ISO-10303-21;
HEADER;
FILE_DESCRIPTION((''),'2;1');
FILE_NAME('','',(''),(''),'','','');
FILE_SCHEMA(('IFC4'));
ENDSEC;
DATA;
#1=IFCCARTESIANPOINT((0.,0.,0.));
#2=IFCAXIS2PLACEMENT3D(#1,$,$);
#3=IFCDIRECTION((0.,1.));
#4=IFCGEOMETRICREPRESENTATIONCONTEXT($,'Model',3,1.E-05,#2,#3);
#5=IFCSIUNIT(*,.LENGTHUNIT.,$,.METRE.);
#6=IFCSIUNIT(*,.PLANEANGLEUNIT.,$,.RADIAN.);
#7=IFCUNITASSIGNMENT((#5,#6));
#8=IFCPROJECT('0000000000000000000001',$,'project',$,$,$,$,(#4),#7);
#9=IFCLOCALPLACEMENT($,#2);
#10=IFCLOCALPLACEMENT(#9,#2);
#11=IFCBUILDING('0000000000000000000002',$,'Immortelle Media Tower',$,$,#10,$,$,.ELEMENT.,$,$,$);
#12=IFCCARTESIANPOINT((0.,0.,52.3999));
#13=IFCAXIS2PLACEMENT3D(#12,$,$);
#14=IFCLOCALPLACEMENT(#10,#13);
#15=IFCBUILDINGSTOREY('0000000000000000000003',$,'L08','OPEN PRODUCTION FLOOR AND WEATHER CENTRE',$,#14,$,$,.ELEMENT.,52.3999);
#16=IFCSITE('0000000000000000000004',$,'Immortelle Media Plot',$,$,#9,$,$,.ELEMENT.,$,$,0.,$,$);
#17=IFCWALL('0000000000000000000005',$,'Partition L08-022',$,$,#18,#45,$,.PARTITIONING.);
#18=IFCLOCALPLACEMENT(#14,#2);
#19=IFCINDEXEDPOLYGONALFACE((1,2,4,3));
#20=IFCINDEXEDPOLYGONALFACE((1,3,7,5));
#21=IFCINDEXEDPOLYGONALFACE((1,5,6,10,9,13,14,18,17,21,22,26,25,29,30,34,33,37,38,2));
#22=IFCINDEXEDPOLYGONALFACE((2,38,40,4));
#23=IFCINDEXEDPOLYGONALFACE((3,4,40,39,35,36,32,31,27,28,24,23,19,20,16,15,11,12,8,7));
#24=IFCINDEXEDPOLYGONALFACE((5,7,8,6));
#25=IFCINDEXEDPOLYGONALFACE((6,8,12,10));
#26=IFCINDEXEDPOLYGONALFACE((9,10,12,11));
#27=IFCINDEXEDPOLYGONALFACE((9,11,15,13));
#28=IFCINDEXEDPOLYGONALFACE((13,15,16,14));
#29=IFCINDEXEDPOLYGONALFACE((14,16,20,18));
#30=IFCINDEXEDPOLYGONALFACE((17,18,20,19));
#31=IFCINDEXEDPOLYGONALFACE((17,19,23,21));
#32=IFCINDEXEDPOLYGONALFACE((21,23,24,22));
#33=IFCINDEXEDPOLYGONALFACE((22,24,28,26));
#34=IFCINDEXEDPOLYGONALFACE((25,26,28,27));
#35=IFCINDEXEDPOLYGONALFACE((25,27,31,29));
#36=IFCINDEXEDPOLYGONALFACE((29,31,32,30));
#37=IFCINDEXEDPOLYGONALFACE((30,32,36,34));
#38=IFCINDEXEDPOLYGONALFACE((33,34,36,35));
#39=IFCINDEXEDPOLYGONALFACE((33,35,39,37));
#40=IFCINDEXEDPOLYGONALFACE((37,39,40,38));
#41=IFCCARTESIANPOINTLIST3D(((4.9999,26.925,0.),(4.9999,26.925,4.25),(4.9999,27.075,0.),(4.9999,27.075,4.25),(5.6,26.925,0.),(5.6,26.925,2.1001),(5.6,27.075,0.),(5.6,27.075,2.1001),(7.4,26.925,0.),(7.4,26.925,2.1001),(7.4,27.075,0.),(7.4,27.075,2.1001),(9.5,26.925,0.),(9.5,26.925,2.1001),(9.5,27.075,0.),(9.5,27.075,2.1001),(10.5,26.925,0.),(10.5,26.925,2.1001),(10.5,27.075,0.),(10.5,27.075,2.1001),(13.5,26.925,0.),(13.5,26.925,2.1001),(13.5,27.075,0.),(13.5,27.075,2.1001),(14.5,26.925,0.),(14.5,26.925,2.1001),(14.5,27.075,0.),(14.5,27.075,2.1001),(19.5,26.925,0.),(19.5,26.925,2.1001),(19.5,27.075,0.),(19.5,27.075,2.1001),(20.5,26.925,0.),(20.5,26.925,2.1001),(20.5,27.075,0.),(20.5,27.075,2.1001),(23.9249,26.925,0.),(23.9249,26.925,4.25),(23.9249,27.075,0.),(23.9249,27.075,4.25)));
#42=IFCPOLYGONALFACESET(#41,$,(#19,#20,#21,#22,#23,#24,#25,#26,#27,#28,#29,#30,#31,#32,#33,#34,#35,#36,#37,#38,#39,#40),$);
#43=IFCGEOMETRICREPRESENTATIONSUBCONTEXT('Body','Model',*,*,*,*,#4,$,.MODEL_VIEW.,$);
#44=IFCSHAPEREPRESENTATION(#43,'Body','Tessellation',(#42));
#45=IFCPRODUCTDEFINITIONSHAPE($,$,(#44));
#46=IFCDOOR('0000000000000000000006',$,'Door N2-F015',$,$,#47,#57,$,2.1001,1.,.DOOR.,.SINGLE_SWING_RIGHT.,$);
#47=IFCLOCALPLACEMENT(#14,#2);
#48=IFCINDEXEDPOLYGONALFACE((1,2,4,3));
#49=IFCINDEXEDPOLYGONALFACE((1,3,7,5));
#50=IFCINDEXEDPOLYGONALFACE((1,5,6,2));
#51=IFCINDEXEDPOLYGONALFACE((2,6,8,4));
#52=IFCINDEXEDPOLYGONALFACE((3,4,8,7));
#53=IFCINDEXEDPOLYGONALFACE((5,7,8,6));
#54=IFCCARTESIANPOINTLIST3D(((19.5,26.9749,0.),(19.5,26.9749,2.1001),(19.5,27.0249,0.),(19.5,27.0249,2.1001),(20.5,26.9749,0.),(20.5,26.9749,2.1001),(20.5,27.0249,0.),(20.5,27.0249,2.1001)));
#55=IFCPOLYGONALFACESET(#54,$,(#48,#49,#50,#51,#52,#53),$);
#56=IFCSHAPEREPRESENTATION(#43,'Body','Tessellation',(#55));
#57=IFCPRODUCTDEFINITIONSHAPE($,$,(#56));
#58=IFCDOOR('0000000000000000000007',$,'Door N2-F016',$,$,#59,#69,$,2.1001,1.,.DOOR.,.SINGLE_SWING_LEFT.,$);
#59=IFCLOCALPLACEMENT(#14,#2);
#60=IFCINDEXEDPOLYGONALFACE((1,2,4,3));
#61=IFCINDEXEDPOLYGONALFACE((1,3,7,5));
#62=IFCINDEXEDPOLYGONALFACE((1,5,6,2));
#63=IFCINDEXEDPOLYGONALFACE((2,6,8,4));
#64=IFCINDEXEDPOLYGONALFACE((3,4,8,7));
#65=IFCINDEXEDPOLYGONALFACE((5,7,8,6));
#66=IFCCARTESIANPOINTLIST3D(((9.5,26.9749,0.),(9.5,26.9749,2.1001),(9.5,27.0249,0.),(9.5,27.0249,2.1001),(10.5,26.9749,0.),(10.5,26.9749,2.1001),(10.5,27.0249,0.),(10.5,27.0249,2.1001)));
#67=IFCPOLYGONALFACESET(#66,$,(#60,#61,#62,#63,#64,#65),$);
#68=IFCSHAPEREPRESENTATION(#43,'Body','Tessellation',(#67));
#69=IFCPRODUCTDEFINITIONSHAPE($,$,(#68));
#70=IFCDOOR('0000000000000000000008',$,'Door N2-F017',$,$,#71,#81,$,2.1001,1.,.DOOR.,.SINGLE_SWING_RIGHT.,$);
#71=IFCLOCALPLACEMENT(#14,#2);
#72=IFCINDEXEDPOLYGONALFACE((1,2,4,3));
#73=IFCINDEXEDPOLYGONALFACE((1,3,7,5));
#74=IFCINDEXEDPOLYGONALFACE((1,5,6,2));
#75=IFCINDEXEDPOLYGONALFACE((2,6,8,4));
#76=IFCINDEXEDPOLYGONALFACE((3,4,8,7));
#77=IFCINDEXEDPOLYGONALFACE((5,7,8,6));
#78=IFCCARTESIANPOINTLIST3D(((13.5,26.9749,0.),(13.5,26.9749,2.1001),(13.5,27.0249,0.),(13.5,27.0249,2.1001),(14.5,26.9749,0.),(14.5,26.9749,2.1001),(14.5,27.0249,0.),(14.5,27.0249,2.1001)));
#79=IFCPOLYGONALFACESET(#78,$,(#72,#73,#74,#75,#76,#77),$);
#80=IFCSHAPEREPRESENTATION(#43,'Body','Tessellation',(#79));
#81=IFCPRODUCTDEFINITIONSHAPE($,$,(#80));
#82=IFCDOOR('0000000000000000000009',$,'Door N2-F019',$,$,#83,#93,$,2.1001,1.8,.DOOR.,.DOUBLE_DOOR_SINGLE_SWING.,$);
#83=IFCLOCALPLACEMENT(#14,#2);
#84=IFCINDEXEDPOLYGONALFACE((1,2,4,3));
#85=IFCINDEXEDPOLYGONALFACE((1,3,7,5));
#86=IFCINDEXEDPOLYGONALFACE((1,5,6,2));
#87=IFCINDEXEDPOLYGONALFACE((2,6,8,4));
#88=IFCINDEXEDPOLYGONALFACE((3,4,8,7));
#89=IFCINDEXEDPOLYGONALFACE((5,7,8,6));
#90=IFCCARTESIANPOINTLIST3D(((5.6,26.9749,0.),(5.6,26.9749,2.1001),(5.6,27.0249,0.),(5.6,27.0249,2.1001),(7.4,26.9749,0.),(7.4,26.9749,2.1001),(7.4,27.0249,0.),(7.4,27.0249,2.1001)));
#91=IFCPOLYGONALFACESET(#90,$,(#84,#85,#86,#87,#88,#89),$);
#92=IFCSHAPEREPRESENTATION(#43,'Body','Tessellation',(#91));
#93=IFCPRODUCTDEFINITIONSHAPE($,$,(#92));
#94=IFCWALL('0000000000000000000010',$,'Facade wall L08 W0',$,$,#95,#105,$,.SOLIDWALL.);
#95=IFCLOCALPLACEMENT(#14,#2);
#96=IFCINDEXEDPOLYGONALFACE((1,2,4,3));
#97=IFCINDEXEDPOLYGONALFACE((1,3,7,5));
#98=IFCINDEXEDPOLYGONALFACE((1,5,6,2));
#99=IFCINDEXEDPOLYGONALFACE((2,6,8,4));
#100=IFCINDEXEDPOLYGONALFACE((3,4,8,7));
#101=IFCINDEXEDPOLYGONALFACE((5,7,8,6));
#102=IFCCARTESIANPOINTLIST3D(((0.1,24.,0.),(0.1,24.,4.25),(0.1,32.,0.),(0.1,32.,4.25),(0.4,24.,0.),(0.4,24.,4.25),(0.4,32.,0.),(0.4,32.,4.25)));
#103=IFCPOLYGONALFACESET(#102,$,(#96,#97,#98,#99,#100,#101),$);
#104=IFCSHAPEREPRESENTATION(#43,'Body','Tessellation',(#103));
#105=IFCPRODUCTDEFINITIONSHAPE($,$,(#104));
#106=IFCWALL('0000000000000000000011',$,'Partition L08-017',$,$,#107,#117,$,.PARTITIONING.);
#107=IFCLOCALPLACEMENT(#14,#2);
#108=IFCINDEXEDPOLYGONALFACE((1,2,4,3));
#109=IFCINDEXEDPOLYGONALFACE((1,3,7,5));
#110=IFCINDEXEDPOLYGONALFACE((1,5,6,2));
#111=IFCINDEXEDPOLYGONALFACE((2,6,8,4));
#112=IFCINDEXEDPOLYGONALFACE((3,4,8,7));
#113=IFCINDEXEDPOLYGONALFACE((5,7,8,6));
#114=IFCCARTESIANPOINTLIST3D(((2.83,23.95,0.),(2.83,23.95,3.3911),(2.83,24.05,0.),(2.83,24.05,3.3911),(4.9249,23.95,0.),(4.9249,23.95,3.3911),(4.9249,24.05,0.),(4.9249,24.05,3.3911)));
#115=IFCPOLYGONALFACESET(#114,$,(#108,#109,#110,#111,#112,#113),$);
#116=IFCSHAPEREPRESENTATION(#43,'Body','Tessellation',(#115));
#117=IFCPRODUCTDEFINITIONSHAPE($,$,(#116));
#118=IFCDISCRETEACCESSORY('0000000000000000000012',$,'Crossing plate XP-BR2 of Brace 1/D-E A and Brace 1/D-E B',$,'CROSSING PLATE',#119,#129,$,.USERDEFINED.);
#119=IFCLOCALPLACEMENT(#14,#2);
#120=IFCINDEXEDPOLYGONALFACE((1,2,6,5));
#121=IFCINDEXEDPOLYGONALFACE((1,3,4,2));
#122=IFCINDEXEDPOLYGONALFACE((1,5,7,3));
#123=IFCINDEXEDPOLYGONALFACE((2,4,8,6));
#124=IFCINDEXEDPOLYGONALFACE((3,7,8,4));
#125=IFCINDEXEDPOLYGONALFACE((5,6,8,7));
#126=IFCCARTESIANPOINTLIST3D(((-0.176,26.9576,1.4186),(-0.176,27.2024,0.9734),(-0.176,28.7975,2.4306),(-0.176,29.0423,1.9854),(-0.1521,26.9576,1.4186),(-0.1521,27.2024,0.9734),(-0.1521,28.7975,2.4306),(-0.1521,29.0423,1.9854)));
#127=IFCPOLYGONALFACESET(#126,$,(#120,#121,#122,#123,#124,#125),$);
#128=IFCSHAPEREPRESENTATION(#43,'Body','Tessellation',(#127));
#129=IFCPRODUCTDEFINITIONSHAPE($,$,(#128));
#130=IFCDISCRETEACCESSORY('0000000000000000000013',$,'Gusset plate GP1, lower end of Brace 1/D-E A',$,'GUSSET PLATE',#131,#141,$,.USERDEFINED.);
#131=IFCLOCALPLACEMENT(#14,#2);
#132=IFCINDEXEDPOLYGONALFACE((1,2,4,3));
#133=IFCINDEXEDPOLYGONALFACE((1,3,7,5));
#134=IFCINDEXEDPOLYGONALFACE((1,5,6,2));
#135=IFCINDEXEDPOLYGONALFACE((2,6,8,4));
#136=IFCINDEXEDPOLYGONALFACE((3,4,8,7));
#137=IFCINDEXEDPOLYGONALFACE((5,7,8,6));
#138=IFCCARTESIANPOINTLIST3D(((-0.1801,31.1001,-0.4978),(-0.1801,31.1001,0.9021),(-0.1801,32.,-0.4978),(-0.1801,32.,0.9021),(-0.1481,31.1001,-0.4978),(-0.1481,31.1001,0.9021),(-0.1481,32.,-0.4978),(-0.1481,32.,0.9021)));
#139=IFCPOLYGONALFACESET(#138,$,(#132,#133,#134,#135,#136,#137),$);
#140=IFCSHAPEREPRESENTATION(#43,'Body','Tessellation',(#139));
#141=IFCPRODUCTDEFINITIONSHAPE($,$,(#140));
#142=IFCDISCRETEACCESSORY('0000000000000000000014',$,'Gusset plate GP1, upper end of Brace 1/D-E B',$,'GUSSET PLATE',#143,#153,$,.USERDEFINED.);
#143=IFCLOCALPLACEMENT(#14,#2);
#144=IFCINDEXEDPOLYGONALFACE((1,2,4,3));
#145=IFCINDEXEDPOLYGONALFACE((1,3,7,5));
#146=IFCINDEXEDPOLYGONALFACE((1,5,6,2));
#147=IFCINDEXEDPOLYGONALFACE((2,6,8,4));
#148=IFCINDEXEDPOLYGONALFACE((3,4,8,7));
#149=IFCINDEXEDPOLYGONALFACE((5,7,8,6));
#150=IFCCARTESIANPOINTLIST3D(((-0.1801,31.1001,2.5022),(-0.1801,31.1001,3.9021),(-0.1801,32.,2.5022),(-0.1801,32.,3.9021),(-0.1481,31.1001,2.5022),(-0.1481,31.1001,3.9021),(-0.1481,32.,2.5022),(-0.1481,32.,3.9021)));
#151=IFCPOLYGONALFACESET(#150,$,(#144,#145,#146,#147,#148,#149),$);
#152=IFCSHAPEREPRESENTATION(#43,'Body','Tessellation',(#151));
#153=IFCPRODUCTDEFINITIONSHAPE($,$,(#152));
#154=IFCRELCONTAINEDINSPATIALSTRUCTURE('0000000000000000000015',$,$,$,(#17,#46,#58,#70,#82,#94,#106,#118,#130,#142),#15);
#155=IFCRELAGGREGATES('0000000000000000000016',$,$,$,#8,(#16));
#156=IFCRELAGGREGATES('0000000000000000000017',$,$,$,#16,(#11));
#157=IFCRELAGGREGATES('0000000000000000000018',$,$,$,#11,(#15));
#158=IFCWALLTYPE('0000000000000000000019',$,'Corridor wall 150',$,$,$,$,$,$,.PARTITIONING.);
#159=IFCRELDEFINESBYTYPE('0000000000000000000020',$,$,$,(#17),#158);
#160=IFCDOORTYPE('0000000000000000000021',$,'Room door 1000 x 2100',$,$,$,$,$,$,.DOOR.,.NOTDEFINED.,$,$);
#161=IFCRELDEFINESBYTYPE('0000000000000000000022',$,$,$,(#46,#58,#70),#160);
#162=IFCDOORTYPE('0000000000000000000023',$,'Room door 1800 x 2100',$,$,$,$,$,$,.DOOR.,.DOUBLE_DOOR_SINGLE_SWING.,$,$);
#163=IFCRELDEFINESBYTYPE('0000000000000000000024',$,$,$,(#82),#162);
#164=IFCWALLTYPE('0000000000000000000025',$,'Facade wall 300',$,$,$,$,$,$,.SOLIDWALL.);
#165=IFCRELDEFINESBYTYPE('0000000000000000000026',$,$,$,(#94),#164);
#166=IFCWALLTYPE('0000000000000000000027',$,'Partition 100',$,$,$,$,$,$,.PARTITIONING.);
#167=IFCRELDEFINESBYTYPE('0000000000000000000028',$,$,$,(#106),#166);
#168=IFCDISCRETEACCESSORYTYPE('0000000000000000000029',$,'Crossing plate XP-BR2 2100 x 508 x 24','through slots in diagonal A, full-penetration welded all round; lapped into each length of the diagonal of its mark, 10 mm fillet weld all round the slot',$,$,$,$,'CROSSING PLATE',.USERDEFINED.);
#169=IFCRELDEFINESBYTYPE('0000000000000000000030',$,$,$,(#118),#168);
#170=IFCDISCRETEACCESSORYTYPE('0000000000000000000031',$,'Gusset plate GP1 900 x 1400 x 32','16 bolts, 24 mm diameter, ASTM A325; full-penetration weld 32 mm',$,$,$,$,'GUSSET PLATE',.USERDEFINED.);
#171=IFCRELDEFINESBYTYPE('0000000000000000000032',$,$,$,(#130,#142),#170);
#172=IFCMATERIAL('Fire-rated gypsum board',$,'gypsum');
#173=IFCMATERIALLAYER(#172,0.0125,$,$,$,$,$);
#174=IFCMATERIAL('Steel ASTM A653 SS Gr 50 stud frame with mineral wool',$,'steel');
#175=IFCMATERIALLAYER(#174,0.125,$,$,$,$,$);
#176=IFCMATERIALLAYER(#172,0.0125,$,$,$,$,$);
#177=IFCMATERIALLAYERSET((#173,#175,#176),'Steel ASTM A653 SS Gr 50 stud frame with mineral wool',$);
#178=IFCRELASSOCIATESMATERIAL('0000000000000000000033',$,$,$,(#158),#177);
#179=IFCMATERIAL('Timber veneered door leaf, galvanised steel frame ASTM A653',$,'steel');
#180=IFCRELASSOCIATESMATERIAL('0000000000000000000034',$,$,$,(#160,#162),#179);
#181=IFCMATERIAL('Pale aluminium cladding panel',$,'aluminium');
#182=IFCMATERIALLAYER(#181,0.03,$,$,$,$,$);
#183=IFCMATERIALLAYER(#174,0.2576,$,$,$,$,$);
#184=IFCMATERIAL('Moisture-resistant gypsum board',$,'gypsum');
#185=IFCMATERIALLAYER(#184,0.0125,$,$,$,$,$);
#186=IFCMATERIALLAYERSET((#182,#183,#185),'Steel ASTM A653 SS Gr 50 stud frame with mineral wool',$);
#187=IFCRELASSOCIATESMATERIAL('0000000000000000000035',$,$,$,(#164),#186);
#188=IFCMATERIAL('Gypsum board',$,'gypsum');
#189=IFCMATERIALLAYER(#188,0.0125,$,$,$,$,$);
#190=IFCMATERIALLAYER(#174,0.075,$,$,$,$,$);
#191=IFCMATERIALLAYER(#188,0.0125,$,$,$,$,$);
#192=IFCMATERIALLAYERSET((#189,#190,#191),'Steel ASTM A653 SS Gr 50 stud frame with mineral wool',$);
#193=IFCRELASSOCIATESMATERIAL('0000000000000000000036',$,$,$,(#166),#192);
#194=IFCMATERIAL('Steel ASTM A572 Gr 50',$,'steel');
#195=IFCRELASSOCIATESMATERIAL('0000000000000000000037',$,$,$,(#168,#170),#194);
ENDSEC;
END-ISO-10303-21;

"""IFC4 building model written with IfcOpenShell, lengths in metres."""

from ifc_helpers import new_model, si_unit, direction, frame, frame_2d, origin, origin_2d, place, context, subcontext, project, spatial, rectangle, extrude, material, layer, layer_set, material_profile, profile_set, type_object, element, fill, save


model = new_model("IFC4")

# Units and contexts
model_context = context("Model", 3, precision=1e-05, world=origin(), true_north=direction((0.0, 1.0)))
body_context = subcontext(model_context, "Body", "Model", "MODEL_VIEW")
ifc_project = project(units=[si_unit("LENGTHUNIT", "METRE"), si_unit("PLANEANGLEUNIT", "RADIAN")], contexts=[model_context])

# Site, building, storey
site_placement = place(None, origin())
site = spatial("IfcSite", under=ifc_project, at=site_placement, Name="Immortelle Media Plot", CompositionType="ELEMENT", RefElevation=0.0)
building_placement = place(site_placement, origin())
building = spatial("IfcBuilding", under=site, at=building_placement, Name="Immortelle Media Tower", CompositionType="ELEMENT")
storey_placement = place(building_placement, frame((0.0, 0.0, 52.3999)))
storey = spatial("IfcBuildingStorey", under=building, at=storey_placement, Name="L08", Description="OPEN PRODUCTION FLOOR AND WEATHER CENTRE", CompositionType="ELEMENT", Elevation=52.3999)

# Wall, openings, doors
ifc_material_1 = material(Name="Fire-rated gypsum board", Category="gypsum")
ifc_layer_1 = layer(ifc_material_1, 0.0125)
ifc_material_2 = material(Name="Steel ASTM A653 SS Gr 50 stud frame with mineral wool", Category="steel")
ifc_layer_2 = layer(ifc_material_2, 0.125)
ifc_layer_3 = layer(ifc_material_1, 0.0125)
ifc_layer_set_1 = layer_set([ifc_layer_1, ifc_layer_2, ifc_layer_3], Name="Steel ASTM A653 SS Gr 50 stud frame with mineral wool")
wall_type_1 = type_object("IfcWallType", Name="Corridor wall 150", PredefinedType="PARTITIONING", material=ifc_layer_set_1)
wall_1_placement = place(storey_placement, frame((5.0, 27.0, 0.0), z_axis=(0.0, 0.0, 1.0), x_axis=(1.0, 0.0, 0.0)))
wall_1 = element("IfcWall", 1, at=wall_1_placement, inside=storey, type_object=wall_type_1, Name="Partition L08-022", PredefinedType="PARTITIONING", context=body_context, shape_type="SweptSolid", body=[
    extrude(rectangle(XDim=18.925, YDim=0.1499, at=frame_2d((9.4624, 0.0))), origin(), (0.0, 0.0, 1.0), 4.25),
])
opening_1_placement = place(wall_1_placement, frame((14.5, 0.0, 0.0)))
opening_1 = element("IfcOpeningElement", 2, at=opening_1_placement, cuts=wall_1, PredefinedType="OPENING", context=body_context, shape_type="SweptSolid", body=[
    extrude(rectangle(XDim=1.0, YDim=2.1001, at=frame_2d((0.5, 1.05))), frame((0.0, 0.085, 0.0), z_axis=(0.0, -1.0, 0.0), x_axis=(1.0, 0.0, 0.0)), (0.0, 0.0, 1.0), 0.1699),
])
opening_2_placement = place(wall_1_placement, frame((4.5, 0.0, 0.0)))
opening_2 = element("IfcOpeningElement", 3, at=opening_2_placement, cuts=wall_1, PredefinedType="OPENING", context=body_context, shape_type="SweptSolid", body=[
    extrude(rectangle(XDim=1.0, YDim=2.1001, at=frame_2d((0.5, 1.05))), frame((0.0, 0.085, 0.0), z_axis=(0.0, -1.0, 0.0), x_axis=(1.0, 0.0, 0.0)), (0.0, 0.0, 1.0), 0.1699),
])
opening_3_placement = place(wall_1_placement, frame((8.5, 0.0, 0.0)))
opening_3 = element("IfcOpeningElement", 4, at=opening_3_placement, cuts=wall_1, PredefinedType="OPENING", context=body_context, shape_type="SweptSolid", body=[
    extrude(rectangle(XDim=1.0, YDim=2.1001, at=frame_2d((0.5, 1.05))), frame((0.0, 0.085, 0.0), z_axis=(0.0, -1.0, 0.0), x_axis=(1.0, 0.0, 0.0)), (0.0, 0.0, 1.0), 0.1699),
])
opening_4_placement = place(wall_1_placement, frame((0.6001, 0.0, 0.0)))
opening_4 = element("IfcOpeningElement", 5, at=opening_4_placement, cuts=wall_1, PredefinedType="OPENING", context=body_context, shape_type="SweptSolid", body=[
    extrude(rectangle(XDim=1.8, YDim=2.1001, at=frame_2d((0.8999, 1.05))), frame((0.0, 0.085, 0.0), z_axis=(0.0, -1.0, 0.0), x_axis=(1.0, 0.0, 0.0)), (0.0, 0.0, 1.0), 0.1699),
])
ifc_material_3 = material(Name="Timber veneered door leaf, galvanised steel frame ASTM A653", Category="steel")
door_type_1 = type_object("IfcDoorType", Name="Room door 1000 x 2100", OperationType="NOTDEFINED", PredefinedType="DOOR", material=ifc_material_3)
door_1_placement = place(opening_1_placement, origin())
door_1 = element("IfcDoor", 6, at=door_1_placement, inside=storey, type_object=door_type_1, Name="Door N2-F015", OperationType="SINGLE_SWING_RIGHT", OverallHeight=2.1001, OverallWidth=1.0, PredefinedType="DOOR", context=body_context, shape_type="SweptSolid", body=[
    extrude(rectangle(XDim=1.0, YDim=2.1001, at=frame_2d((0.5, 1.05))), frame((0.0, 0.0249, 0.0), z_axis=(0.0, -1.0, 0.0), x_axis=(1.0, 0.0, 0.0)), (0.0, 0.0, 1.0), 0.05),
])
fill(opening_1, door_1)
door_2_placement = place(opening_2_placement, origin())
door_2 = element("IfcDoor", 7, at=door_2_placement, inside=storey, type_object=door_type_1, Name="Door N2-F016", OperationType="SINGLE_SWING_LEFT", OverallHeight=2.1001, OverallWidth=1.0, PredefinedType="DOOR", context=body_context, shape_type="SweptSolid", body=[
    extrude(rectangle(XDim=1.0, YDim=2.1001, at=frame_2d((0.5, 1.05))), frame((0.0, 0.0249, 0.0), z_axis=(0.0, -1.0, 0.0), x_axis=(1.0, 0.0, 0.0)), (0.0, 0.0, 1.0), 0.05),
])
fill(opening_2, door_2)
door_3_placement = place(opening_3_placement, origin())
door_3 = element("IfcDoor", 8, at=door_3_placement, inside=storey, type_object=door_type_1, Name="Door N2-F017", OperationType="SINGLE_SWING_RIGHT", OverallHeight=2.1001, OverallWidth=1.0, PredefinedType="DOOR", context=body_context, shape_type="SweptSolid", body=[
    extrude(rectangle(XDim=1.0, YDim=2.1001, at=frame_2d((0.5, 1.05))), frame((0.0, 0.0249, 0.0), z_axis=(0.0, -1.0, 0.0), x_axis=(1.0, 0.0, 0.0)), (0.0, 0.0, 1.0), 0.05),
])
fill(opening_3, door_3)
door_type_2 = type_object("IfcDoorType", Name="Room door 1800 x 2100", OperationType="DOUBLE_DOOR_SINGLE_SWING", PredefinedType="DOOR", material=ifc_material_3)
door_4_placement = place(opening_4_placement, origin())
door_4 = element("IfcDoor", 9, at=door_4_placement, inside=storey, type_object=door_type_2, Name="Door N2-F019", OperationType="DOUBLE_DOOR_SINGLE_SWING", OverallHeight=2.1001, OverallWidth=1.8, PredefinedType="DOOR", context=body_context, shape_type="SweptSolid", body=[
    extrude(rectangle(XDim=1.8, YDim=2.1001, at=frame_2d((0.8999, 1.05))), frame((0.0, 0.0249, 0.0), z_axis=(0.0, -1.0, 0.0), x_axis=(1.0, 0.0, 0.0)), (0.0, 0.0, 1.0), 0.05),
])
fill(opening_4, door_4)

# Walls
ifc_material_4 = material(Name="Pale aluminium cladding panel", Category="aluminium")
ifc_layer_4 = layer(ifc_material_4, 0.03)
ifc_layer_5 = layer(ifc_material_2, 0.2576)
ifc_material_5 = material(Name="Moisture-resistant gypsum board", Category="gypsum")
ifc_layer_6 = layer(ifc_material_5, 0.0125)
ifc_layer_set_2 = layer_set([ifc_layer_4, ifc_layer_5, ifc_layer_6], Name="Steel ASTM A653 SS Gr 50 stud frame with mineral wool")
wall_type_2 = type_object("IfcWallType", Name="Facade wall 300", PredefinedType="SOLIDWALL", material=ifc_layer_set_2)
wall_2_placement = place(storey_placement, frame((0.25, 32.0, 0.0), z_axis=(0.0, 0.0, 1.0), x_axis=(0.0, -1.0, 0.0)))
element("IfcWall", 10, at=wall_2_placement, inside=storey, type_object=wall_type_2, Name="Facade wall L08 W0", PredefinedType="SOLIDWALL", context=body_context, shape_type="SweptSolid", body=[
    extrude(rectangle(XDim=8.0, YDim=0.3, at=frame_2d((4.0, 0.0))), origin(), (0.0, 0.0, 1.0), 4.25),
])
ifc_material_6 = material(Name="Gypsum board", Category="gypsum")
ifc_layer_7 = layer(ifc_material_6, 0.0125)
ifc_layer_8 = layer(ifc_material_2, 0.075)
ifc_layer_9 = layer(ifc_material_6, 0.0125)
ifc_layer_set_3 = layer_set([ifc_layer_7, ifc_layer_8, ifc_layer_9], Name="Steel ASTM A653 SS Gr 50 stud frame with mineral wool")
wall_type_3 = type_object("IfcWallType", Name="Partition 100", PredefinedType="PARTITIONING", material=ifc_layer_set_3)
wall_3_placement = place(storey_placement, frame((2.8301, 24.0, 0.0), z_axis=(0.0, 0.0, 1.0), x_axis=(1.0, 0.0, 0.0)))
element("IfcWall", 11, at=wall_3_placement, inside=storey, type_object=wall_type_3, Name="Partition L08-017", PredefinedType="PARTITIONING", context=body_context, shape_type="SweptSolid", body=[
    extrude(rectangle(XDim=2.095, YDim=0.1001, at=frame_2d((1.0474, 0.0))), origin(), (0.0, 0.0, 1.0), 3.3911),
])

# Discrete accessories
ifc_material_7 = material(Name="Steel ASTM A572 Gr 50", Category="steel")
ifc_material_profile_1 = material_profile(ifc_material_7, rectangle(XDim=0.0239, YDim=0.5081, at=origin_2d()), Name="PL 24 x 508")
ifc_profile_set_1 = profile_set([ifc_material_profile_1], Name="Steel ASTM A572 Gr 50")
discrete_accessory_type_1 = type_object("IfcDiscreteAccessoryType", Name="Crossing plate XP-BR2 2100 x 508 x 24", Description="through slots in diagonal A, full-penetration welded all round; lapped into each length of the diagonal of its mark, 10 mm fillet weld all round the slot", ElementType="CROSSING PLATE", PredefinedType="USERDEFINED", material=ifc_profile_set_1)
discrete_accessory_placement = place(storey_placement, frame((-0.1641, 28.9199, 2.208), z_axis=(0.0, -0.876206, -0.481937), x_axis=(1.0, 0.0, 0.0)))
element("IfcDiscreteAccessory", 12, at=discrete_accessory_placement, inside=storey, type_object=discrete_accessory_type_1, Name="Crossing plate XP-BR2 of Brace 1/D-E A and Brace 1/D-E B", ObjectType="CROSSING PLATE", PredefinedType="USERDEFINED", context=body_context, shape_type="SweptSolid", body=[
    extrude(rectangle(XDim=0.0239, YDim=0.5081, at=origin_2d()), origin(), (0.0, 0.0, 1.0), 2.0999),
])
ifc_material_profile_2 = material_profile(ifc_material_7, rectangle(XDim=0.032, YDim=1.3999, at=origin_2d()), Name="PL 32 x 1400")
ifc_profile_set_2 = profile_set([ifc_material_profile_2], Name="Steel ASTM A572 Gr 50")
discrete_accessory_type_2 = type_object("IfcDiscreteAccessoryType", Name="Gusset plate GP1 900 x 1400 x 32", Description="16 bolts, 24 mm diameter, ASTM A325; full-penetration weld 32 mm", ElementType="GUSSET PLATE", PredefinedType="USERDEFINED", material=ifc_profile_set_2)
for number, where, z_axis, x_axis, name in (
    (13, (-0.1641, 32.0, 0.2021), (0.0, -1.0, 0.0), (1.0, 0.0, 0.0), "Gusset plate GP1, lower end of Brace 1/D-E A"),
    (14, (-0.1641, 32.0, 3.2021), (0.0, -1.0, 0.0), (1.0, 0.0, 0.0), "Gusset plate GP1, upper end of Brace 1/D-E B"),
):
    element("IfcDiscreteAccessory", number, at=place(storey_placement, frame(where, z_axis=z_axis, x_axis=x_axis)), inside=storey, type_object=discrete_accessory_type_2, Name=name, ObjectType="GUSSET PLATE", PredefinedType="USERDEFINED", context=body_context, shape_type="SweptSolid", body=[
        extrude(rectangle(XDim=0.032, YDim=1.3999, at=origin_2d()), origin(), (0.0, 0.0, 1.0), 0.8999),
    ])

save(model, "model.ifc")
